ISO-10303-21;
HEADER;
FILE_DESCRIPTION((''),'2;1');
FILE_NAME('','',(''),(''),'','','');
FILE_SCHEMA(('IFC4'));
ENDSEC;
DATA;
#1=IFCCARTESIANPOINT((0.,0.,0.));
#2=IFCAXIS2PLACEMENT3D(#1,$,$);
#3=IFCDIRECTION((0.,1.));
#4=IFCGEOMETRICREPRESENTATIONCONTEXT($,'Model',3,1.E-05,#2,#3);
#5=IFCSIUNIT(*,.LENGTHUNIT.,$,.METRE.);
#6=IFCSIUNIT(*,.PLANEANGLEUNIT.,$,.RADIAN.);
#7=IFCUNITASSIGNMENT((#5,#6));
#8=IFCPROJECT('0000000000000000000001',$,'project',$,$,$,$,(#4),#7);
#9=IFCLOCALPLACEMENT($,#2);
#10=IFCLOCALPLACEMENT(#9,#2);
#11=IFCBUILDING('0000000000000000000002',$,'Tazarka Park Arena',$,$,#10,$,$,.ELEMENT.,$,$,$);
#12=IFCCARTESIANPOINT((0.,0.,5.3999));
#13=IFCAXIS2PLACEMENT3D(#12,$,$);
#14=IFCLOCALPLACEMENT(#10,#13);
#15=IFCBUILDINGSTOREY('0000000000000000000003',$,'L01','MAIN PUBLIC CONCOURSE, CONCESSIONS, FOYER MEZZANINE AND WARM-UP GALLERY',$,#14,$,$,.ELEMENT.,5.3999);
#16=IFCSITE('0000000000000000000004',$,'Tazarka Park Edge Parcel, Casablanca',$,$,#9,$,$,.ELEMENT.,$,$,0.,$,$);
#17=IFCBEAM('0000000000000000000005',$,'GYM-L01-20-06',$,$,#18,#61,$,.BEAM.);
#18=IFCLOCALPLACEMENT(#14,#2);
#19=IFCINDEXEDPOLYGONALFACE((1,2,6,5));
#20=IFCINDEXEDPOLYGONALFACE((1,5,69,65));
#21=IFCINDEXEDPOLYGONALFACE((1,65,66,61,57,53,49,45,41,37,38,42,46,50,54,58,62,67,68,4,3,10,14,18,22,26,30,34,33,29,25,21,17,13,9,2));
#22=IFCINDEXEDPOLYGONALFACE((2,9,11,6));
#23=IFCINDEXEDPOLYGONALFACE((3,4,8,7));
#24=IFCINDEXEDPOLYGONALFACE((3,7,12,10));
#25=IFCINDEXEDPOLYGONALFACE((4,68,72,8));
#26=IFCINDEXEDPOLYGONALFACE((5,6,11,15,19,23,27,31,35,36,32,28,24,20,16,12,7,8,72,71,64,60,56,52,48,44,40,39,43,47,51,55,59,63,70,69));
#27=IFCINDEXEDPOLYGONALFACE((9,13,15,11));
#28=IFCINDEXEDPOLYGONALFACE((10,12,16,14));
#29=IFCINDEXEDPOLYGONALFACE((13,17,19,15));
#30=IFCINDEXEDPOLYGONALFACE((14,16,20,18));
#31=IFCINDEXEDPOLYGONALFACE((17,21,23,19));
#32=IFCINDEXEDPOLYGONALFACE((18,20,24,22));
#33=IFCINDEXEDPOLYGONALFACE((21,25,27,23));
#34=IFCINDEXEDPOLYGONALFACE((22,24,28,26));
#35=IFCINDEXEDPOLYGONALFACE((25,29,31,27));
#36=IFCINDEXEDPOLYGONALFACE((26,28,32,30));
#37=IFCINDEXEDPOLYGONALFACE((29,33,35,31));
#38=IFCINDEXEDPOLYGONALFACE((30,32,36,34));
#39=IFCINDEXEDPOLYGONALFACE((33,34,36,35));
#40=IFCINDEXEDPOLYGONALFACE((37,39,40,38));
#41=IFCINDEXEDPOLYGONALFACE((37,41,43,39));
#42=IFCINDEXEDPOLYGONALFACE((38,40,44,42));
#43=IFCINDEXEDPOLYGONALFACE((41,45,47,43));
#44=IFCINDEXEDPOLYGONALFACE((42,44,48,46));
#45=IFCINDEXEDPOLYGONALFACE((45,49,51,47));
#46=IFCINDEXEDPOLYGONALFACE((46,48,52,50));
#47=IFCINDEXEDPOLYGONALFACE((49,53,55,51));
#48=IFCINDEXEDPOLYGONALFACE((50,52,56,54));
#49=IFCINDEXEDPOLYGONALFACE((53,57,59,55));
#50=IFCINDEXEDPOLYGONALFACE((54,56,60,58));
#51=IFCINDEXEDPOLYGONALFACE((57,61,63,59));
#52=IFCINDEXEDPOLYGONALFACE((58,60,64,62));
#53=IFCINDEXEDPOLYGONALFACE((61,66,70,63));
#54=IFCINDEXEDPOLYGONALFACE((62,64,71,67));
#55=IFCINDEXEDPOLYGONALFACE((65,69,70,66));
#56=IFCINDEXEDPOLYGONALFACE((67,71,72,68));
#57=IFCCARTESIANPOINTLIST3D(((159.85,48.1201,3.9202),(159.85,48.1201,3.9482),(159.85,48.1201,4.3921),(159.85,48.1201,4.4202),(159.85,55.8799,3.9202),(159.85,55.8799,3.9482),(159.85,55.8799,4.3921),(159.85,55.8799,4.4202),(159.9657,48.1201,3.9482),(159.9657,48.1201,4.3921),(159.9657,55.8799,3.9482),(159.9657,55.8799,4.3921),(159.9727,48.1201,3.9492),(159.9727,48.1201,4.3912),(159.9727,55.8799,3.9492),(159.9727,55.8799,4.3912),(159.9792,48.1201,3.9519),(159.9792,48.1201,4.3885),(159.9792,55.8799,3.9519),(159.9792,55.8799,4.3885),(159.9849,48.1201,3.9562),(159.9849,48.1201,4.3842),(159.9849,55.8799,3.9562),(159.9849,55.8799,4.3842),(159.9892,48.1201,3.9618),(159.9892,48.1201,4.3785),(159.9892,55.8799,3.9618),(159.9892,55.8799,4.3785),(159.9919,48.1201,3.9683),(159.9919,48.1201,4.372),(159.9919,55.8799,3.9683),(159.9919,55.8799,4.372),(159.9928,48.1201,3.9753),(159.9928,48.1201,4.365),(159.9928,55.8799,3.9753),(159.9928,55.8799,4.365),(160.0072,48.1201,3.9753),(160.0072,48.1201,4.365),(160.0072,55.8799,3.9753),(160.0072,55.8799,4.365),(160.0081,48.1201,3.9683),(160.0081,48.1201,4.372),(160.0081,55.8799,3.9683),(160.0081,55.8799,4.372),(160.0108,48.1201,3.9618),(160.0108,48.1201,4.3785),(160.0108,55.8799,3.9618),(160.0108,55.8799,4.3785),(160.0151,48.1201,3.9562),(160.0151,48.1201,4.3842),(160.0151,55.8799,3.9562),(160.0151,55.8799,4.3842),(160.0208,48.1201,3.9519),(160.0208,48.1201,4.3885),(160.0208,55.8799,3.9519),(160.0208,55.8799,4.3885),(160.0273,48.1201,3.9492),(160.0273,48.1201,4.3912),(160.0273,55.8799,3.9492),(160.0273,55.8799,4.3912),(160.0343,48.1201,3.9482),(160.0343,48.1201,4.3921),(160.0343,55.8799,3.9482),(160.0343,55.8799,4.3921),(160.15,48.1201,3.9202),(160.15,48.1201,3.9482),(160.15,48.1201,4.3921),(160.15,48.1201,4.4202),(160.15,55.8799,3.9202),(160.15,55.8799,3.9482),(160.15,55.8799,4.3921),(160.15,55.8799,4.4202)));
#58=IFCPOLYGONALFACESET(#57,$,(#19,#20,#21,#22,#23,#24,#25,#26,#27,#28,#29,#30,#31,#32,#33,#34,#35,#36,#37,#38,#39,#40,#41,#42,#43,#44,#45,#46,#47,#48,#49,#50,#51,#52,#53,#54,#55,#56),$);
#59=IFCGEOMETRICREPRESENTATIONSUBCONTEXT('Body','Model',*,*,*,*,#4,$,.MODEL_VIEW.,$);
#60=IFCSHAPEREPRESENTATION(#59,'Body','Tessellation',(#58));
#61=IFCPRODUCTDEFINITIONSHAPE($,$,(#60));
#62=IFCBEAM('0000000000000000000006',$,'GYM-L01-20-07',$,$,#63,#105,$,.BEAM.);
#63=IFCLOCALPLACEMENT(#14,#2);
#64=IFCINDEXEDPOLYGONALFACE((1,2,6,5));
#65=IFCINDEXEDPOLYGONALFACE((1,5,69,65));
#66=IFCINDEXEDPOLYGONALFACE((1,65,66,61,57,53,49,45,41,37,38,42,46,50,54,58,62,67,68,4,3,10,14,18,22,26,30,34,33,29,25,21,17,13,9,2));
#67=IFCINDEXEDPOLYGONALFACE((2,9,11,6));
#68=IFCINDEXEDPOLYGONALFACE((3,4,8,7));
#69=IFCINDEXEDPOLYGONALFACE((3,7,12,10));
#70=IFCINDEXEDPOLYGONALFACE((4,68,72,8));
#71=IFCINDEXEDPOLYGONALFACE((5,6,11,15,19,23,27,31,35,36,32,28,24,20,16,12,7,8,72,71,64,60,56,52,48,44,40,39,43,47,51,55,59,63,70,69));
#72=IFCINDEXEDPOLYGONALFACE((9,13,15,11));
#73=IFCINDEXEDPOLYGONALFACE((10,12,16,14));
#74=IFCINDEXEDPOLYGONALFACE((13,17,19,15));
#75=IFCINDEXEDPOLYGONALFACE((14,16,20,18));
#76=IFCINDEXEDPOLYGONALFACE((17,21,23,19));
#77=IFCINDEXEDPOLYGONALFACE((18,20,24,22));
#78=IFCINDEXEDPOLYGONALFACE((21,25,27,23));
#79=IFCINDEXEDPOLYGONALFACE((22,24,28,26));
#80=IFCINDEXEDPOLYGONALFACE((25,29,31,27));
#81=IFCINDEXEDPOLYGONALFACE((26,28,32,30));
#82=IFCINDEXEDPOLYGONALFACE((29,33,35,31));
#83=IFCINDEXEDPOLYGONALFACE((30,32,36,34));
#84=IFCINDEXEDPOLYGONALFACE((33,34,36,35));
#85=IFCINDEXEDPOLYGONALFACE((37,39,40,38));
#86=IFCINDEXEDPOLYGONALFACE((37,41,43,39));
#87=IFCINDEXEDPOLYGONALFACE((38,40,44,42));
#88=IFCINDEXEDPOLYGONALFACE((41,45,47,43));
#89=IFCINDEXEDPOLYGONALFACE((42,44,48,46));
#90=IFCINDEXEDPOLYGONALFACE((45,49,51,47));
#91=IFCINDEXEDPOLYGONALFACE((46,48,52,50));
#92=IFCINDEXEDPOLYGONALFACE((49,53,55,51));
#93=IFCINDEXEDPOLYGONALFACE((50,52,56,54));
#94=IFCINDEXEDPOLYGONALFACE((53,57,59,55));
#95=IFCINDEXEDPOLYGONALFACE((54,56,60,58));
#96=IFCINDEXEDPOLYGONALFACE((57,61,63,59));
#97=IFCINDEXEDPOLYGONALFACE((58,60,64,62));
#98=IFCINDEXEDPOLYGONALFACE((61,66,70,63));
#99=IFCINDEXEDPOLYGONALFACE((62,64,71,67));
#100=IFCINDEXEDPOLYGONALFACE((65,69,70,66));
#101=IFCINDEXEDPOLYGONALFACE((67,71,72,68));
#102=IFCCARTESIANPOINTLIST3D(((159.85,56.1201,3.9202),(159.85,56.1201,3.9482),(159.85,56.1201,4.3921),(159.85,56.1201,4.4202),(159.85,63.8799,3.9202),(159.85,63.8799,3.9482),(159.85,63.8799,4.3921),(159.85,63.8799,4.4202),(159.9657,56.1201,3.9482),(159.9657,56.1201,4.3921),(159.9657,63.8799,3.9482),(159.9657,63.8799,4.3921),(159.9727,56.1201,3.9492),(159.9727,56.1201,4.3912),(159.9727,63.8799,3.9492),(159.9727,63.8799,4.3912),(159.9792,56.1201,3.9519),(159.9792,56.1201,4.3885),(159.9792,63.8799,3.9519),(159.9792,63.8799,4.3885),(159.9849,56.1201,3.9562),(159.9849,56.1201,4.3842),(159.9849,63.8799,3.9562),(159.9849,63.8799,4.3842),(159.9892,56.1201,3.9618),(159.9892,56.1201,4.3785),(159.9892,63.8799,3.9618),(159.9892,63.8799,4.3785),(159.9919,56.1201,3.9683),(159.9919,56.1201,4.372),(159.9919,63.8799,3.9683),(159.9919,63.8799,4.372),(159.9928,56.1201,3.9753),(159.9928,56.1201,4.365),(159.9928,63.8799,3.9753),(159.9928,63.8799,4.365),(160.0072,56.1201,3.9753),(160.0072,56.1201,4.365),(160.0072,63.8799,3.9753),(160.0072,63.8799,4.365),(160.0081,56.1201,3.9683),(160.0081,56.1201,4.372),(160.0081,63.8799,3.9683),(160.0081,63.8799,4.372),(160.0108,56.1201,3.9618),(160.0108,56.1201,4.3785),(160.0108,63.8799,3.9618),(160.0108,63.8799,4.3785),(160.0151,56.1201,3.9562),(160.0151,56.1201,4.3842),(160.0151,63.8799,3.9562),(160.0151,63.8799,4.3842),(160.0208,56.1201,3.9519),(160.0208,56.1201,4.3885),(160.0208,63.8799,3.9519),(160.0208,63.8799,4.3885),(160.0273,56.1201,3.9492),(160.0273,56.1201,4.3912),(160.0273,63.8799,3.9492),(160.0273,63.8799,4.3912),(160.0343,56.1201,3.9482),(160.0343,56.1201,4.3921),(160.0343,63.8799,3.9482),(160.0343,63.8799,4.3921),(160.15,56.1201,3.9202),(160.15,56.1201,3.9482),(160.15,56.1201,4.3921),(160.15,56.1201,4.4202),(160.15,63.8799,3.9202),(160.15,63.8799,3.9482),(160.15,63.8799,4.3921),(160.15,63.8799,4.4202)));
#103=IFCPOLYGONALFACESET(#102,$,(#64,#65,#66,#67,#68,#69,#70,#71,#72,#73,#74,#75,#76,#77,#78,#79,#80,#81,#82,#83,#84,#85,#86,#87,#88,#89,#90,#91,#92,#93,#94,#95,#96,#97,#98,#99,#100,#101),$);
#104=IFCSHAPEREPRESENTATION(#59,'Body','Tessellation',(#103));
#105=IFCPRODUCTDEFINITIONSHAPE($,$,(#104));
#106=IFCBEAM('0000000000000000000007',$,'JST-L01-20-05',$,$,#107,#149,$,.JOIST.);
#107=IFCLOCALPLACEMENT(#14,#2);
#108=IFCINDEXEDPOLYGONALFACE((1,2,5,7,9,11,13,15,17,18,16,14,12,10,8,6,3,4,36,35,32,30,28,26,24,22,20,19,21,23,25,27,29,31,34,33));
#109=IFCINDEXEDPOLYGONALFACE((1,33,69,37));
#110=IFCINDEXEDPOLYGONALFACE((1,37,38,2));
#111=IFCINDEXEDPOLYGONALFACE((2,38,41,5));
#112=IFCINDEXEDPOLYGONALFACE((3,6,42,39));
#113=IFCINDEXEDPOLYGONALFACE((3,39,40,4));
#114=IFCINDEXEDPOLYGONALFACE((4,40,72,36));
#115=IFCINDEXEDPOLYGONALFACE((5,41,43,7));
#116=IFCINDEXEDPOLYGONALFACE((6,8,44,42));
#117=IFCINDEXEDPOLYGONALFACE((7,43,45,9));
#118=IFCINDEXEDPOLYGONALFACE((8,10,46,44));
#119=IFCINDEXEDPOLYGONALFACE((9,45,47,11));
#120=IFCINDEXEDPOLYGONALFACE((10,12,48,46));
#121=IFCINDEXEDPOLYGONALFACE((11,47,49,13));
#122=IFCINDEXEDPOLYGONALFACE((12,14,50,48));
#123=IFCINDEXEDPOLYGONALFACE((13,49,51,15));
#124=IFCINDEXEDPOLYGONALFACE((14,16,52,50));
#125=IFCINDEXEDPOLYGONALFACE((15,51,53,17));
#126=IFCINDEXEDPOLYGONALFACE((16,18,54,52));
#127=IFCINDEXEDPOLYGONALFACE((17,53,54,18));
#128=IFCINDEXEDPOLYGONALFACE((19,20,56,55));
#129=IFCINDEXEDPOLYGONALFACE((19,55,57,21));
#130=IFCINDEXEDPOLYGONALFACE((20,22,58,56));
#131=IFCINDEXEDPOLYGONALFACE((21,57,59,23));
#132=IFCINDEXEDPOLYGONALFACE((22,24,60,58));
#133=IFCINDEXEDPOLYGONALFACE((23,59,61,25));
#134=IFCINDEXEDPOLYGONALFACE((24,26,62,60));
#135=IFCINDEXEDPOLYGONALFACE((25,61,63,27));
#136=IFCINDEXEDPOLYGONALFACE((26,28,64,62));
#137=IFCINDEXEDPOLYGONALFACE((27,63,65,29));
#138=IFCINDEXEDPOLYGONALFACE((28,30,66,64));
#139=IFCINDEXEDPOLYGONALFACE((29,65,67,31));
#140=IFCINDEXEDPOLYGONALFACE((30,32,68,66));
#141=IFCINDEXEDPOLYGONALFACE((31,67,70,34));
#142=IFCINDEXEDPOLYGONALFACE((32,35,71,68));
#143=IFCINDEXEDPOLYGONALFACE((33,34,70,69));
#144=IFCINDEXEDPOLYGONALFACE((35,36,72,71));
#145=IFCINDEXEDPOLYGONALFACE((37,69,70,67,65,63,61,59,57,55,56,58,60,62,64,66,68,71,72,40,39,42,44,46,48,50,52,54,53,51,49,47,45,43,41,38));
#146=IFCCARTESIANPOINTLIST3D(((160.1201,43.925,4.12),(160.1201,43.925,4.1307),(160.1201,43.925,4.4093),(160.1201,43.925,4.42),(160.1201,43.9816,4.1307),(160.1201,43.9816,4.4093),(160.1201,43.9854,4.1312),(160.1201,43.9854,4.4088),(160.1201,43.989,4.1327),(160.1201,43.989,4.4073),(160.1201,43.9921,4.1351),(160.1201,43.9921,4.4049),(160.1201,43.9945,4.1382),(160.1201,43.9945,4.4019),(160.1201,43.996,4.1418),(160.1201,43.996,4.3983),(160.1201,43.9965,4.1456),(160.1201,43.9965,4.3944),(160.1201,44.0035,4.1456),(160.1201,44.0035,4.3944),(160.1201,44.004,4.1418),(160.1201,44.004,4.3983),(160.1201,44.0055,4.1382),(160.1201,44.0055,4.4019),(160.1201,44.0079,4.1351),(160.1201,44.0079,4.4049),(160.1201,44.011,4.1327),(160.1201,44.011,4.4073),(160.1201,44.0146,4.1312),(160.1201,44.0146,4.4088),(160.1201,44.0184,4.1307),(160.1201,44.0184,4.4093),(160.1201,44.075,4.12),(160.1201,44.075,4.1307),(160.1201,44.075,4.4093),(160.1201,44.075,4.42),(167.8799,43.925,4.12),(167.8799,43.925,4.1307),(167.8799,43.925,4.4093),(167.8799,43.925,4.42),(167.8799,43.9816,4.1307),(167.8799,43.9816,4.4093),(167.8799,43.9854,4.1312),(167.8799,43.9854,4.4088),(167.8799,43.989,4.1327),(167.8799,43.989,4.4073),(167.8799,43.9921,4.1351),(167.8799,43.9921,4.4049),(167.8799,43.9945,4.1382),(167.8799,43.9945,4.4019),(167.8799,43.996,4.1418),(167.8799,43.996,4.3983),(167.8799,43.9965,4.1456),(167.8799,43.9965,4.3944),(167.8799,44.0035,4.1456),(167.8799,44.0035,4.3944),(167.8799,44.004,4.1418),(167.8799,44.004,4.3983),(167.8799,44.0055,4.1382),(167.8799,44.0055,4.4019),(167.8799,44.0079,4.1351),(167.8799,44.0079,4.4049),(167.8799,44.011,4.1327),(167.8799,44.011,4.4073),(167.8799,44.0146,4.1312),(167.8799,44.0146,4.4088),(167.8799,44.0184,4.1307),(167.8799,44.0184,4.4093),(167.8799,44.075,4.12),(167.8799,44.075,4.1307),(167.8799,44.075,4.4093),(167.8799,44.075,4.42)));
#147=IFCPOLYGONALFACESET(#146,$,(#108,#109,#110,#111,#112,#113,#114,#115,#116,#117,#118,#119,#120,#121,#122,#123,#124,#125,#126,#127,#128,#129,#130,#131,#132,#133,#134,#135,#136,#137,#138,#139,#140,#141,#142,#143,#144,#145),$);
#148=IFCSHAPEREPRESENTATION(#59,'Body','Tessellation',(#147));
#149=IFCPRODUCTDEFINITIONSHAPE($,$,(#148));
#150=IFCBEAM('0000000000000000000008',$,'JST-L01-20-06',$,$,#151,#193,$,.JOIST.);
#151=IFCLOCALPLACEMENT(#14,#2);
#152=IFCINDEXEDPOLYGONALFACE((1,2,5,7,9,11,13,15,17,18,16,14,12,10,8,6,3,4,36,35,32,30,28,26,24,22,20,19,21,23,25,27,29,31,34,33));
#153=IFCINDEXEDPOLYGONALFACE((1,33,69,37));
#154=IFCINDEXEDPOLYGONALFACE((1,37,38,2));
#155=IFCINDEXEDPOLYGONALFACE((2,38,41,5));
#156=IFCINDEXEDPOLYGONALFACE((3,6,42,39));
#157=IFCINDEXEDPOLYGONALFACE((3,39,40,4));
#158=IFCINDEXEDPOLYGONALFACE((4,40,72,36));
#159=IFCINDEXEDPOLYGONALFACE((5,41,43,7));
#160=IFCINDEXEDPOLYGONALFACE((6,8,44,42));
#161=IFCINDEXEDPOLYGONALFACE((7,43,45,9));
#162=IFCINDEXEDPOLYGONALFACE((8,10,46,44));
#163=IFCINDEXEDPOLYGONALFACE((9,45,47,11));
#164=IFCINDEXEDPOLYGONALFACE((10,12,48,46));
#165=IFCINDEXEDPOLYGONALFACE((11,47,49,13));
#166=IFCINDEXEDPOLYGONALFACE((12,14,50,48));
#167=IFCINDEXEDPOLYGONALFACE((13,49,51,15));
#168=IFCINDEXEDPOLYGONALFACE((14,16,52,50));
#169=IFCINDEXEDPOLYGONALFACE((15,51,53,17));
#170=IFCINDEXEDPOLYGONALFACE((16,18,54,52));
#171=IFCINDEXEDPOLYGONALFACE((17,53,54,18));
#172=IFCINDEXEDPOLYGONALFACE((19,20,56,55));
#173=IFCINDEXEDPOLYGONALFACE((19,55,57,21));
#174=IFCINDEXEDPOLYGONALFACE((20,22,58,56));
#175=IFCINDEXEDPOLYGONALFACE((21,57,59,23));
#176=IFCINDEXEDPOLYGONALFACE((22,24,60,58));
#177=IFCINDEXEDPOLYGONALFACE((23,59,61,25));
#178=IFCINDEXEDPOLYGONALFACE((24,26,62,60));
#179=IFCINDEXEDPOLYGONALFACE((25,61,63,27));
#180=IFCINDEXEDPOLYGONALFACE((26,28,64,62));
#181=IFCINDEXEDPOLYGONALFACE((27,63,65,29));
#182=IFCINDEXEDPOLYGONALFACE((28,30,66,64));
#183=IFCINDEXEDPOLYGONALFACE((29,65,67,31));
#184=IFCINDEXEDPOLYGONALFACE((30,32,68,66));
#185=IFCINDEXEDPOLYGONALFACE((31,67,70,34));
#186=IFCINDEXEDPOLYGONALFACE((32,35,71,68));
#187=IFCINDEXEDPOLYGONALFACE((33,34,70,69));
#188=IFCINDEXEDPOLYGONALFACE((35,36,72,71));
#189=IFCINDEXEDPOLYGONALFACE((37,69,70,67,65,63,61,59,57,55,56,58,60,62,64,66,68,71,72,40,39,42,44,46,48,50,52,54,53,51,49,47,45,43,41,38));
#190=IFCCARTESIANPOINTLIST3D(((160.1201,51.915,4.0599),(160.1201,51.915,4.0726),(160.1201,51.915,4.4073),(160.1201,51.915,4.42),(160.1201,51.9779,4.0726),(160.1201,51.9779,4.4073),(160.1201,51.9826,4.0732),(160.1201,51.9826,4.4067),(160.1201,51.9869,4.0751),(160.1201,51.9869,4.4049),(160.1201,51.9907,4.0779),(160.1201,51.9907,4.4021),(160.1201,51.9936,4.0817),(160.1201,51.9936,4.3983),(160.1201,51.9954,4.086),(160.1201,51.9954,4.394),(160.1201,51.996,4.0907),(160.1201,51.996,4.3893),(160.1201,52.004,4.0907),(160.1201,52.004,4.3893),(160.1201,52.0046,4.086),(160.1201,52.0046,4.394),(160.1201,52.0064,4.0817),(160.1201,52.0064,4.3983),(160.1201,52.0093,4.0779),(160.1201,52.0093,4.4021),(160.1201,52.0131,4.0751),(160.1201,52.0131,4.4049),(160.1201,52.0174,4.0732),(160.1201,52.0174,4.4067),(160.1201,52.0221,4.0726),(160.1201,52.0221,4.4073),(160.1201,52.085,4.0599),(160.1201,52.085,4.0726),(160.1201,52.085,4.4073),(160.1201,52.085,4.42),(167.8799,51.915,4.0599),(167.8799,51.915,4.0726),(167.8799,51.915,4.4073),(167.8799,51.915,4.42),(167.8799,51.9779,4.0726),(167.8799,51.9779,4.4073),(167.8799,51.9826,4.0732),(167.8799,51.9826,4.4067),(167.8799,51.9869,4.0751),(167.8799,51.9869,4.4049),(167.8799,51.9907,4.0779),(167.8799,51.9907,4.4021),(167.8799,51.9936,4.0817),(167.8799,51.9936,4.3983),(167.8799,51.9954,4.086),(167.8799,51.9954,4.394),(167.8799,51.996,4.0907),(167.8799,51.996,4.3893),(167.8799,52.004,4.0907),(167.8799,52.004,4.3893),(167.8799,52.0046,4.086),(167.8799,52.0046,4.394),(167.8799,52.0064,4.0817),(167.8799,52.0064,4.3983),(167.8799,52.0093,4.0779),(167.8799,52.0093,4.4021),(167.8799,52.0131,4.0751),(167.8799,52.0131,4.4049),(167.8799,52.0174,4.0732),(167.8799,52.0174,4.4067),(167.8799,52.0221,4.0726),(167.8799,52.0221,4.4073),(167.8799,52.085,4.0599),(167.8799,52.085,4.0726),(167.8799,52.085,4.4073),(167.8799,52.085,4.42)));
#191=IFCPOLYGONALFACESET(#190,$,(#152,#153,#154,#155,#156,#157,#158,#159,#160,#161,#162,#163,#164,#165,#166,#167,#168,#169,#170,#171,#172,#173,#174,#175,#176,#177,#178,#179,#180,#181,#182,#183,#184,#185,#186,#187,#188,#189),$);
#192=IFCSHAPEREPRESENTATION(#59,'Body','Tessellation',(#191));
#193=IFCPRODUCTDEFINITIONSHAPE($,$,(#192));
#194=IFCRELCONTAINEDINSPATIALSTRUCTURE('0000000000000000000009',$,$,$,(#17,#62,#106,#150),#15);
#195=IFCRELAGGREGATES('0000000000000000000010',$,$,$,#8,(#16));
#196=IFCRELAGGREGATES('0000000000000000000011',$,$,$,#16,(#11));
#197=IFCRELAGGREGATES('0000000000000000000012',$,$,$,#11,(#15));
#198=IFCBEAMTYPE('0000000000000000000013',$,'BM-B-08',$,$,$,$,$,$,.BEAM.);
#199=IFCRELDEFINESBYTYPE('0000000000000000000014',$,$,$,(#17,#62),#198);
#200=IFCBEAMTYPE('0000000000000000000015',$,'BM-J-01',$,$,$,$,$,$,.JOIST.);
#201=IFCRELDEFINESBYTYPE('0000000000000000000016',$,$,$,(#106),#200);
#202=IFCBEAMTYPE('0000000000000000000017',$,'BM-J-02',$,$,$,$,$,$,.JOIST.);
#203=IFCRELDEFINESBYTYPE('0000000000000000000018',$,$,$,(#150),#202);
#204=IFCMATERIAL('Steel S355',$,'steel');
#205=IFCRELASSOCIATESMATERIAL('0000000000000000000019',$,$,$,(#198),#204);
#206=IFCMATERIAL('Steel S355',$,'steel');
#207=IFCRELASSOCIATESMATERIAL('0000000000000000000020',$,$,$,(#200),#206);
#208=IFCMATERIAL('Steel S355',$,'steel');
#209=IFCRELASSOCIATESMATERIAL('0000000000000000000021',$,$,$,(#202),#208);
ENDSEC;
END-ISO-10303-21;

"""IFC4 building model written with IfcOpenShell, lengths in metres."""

from ifc_helpers import new_model, si_unit, direction, frame, origin, origin_2d, place, context, subcontext, project, spatial, i_section, extrude, material, material_profile, profile_set, type_object, element, save


model = new_model("IFC4")

# Units and contexts
model_context = context("Model", 3, precision=1e-05, world=origin(), true_north=direction((0.0, 1.0)))
body_context = subcontext(model_context, "Body", "Model", "MODEL_VIEW")
ifc_project = project(units=[si_unit("LENGTHUNIT", "METRE"), si_unit("PLANEANGLEUNIT", "RADIAN")], contexts=[model_context])

# Site, building, storey
site_placement = place(None, origin())
site = spatial("IfcSite", under=ifc_project, at=site_placement, Name="Tazarka Park Edge Parcel, Casablanca", CompositionType="ELEMENT", RefElevation=0.0)
building_placement = place(site_placement, origin())
building = spatial("IfcBuilding", under=site, at=building_placement, Name="Tazarka Park Arena", CompositionType="ELEMENT")
storey_placement = place(building_placement, frame((0.0, 0.0, 5.3999)))
storey = spatial("IfcBuildingStorey", under=building, at=storey_placement, Name="L01", Description="MAIN PUBLIC CONCOURSE, CONCESSIONS, FOYER MEZZANINE AND WARM-UP GALLERY", CompositionType="ELEMENT", Elevation=5.3999)

# Beams
ifc_material_1 = material(Name="Steel S355", Category="steel")
ifc_material_profile_1 = material_profile(ifc_material_1, i_section(OverallWidth=0.3, OverallDepth=0.5, WebThickness=0.0144, FlangeThickness=0.0281, FilletRadius=0.0271, at=origin_2d()), Name="Steel S355")
ifc_profile_set_1 = profile_set([ifc_material_profile_1], Name="Steel S355")
beam_type_1 = type_object("IfcBeamType", Name="BM-B-08", PredefinedType="BEAM", material=ifc_profile_set_1)
for number, where, z_axis, x_axis, name in (
    (1, (160.0, 48.1201, 4.1702), (0.0, 1.0, 0.0), (-1.0, 0.0, 0.0), "GYM-L01-20-06"),
    (2, (160.0, 56.1201, 4.1702), (0.0, 1.0, 0.0), (-1.0, 0.0, 0.0), "GYM-L01-20-07"),
):
    element("IfcBeam", number, at=place(storey_placement, frame(where, z_axis=z_axis, x_axis=x_axis)), inside=storey, type_object=beam_type_1, Name=name, PredefinedType="BEAM", context=body_context, shape_type="SweptSolid", body=[
        extrude(i_section(OverallWidth=0.3, OverallDepth=0.5, WebThickness=0.0144, FlangeThickness=0.0281, FilletRadius=0.0271, at=origin_2d()), origin(), (0.0, 0.0, 1.0), 7.7598),
    ])
ifc_material_2 = material(Name="Steel S355", Category="steel")
ifc_material_profile_2 = material_profile(ifc_material_2, i_section(OverallWidth=0.1499, OverallDepth=0.3, WebThickness=0.0071, FlangeThickness=0.0107, FilletRadius=0.0149, at=origin_2d()), Name="Steel S355")
ifc_profile_set_2 = profile_set([ifc_material_profile_2], Name="Steel S355")
beam_type_2 = type_object("IfcBeamType", Name="BM-J-01", PredefinedType="JOIST", material=ifc_profile_set_2)
beam_1_placement = place(storey_placement, frame((160.1201, 44.0, 4.27), z_axis=(1.0, 0.0, 0.0), x_axis=(0.0, 1.0, 0.0)))
element("IfcBeam", 3, at=beam_1_placement, inside=storey, type_object=beam_type_2, Name="JST-L01-20-05", PredefinedType="JOIST", context=body_context, shape_type="SweptSolid", body=[
    extrude(i_section(OverallWidth=0.1499, OverallDepth=0.3, WebThickness=0.0071, FlangeThickness=0.0107, FilletRadius=0.0149, at=origin_2d()), origin(), (0.0, 0.0, 1.0), 7.7598),
])
ifc_material_3 = material(Name="Steel S355", Category="steel")
ifc_material_profile_3 = material_profile(ifc_material_3, i_section(OverallWidth=0.1699, OverallDepth=0.3601, WebThickness=0.0081, FlangeThickness=0.0127, FilletRadius=0.0181, at=origin_2d()), Name="Steel S355")
ifc_profile_set_3 = profile_set([ifc_material_profile_3], Name="Steel S355")
beam_type_3 = type_object("IfcBeamType", Name="BM-J-02", PredefinedType="JOIST", material=ifc_profile_set_3)
beam_2_placement = place(storey_placement, frame((160.1201, 52.0, 4.24), z_axis=(1.0, 0.0, 0.0), x_axis=(0.0, 1.0, 0.0)))
element("IfcBeam", 4, at=beam_2_placement, inside=storey, type_object=beam_type_3, Name="JST-L01-20-06", PredefinedType="JOIST", context=body_context, shape_type="SweptSolid", body=[
    extrude(i_section(OverallWidth=0.1699, OverallDepth=0.3601, WebThickness=0.0081, FlangeThickness=0.0127, FilletRadius=0.0181, at=origin_2d()), origin(), (0.0, 0.0, 1.0), 7.7598),
])

save(model, "model.ifc")
